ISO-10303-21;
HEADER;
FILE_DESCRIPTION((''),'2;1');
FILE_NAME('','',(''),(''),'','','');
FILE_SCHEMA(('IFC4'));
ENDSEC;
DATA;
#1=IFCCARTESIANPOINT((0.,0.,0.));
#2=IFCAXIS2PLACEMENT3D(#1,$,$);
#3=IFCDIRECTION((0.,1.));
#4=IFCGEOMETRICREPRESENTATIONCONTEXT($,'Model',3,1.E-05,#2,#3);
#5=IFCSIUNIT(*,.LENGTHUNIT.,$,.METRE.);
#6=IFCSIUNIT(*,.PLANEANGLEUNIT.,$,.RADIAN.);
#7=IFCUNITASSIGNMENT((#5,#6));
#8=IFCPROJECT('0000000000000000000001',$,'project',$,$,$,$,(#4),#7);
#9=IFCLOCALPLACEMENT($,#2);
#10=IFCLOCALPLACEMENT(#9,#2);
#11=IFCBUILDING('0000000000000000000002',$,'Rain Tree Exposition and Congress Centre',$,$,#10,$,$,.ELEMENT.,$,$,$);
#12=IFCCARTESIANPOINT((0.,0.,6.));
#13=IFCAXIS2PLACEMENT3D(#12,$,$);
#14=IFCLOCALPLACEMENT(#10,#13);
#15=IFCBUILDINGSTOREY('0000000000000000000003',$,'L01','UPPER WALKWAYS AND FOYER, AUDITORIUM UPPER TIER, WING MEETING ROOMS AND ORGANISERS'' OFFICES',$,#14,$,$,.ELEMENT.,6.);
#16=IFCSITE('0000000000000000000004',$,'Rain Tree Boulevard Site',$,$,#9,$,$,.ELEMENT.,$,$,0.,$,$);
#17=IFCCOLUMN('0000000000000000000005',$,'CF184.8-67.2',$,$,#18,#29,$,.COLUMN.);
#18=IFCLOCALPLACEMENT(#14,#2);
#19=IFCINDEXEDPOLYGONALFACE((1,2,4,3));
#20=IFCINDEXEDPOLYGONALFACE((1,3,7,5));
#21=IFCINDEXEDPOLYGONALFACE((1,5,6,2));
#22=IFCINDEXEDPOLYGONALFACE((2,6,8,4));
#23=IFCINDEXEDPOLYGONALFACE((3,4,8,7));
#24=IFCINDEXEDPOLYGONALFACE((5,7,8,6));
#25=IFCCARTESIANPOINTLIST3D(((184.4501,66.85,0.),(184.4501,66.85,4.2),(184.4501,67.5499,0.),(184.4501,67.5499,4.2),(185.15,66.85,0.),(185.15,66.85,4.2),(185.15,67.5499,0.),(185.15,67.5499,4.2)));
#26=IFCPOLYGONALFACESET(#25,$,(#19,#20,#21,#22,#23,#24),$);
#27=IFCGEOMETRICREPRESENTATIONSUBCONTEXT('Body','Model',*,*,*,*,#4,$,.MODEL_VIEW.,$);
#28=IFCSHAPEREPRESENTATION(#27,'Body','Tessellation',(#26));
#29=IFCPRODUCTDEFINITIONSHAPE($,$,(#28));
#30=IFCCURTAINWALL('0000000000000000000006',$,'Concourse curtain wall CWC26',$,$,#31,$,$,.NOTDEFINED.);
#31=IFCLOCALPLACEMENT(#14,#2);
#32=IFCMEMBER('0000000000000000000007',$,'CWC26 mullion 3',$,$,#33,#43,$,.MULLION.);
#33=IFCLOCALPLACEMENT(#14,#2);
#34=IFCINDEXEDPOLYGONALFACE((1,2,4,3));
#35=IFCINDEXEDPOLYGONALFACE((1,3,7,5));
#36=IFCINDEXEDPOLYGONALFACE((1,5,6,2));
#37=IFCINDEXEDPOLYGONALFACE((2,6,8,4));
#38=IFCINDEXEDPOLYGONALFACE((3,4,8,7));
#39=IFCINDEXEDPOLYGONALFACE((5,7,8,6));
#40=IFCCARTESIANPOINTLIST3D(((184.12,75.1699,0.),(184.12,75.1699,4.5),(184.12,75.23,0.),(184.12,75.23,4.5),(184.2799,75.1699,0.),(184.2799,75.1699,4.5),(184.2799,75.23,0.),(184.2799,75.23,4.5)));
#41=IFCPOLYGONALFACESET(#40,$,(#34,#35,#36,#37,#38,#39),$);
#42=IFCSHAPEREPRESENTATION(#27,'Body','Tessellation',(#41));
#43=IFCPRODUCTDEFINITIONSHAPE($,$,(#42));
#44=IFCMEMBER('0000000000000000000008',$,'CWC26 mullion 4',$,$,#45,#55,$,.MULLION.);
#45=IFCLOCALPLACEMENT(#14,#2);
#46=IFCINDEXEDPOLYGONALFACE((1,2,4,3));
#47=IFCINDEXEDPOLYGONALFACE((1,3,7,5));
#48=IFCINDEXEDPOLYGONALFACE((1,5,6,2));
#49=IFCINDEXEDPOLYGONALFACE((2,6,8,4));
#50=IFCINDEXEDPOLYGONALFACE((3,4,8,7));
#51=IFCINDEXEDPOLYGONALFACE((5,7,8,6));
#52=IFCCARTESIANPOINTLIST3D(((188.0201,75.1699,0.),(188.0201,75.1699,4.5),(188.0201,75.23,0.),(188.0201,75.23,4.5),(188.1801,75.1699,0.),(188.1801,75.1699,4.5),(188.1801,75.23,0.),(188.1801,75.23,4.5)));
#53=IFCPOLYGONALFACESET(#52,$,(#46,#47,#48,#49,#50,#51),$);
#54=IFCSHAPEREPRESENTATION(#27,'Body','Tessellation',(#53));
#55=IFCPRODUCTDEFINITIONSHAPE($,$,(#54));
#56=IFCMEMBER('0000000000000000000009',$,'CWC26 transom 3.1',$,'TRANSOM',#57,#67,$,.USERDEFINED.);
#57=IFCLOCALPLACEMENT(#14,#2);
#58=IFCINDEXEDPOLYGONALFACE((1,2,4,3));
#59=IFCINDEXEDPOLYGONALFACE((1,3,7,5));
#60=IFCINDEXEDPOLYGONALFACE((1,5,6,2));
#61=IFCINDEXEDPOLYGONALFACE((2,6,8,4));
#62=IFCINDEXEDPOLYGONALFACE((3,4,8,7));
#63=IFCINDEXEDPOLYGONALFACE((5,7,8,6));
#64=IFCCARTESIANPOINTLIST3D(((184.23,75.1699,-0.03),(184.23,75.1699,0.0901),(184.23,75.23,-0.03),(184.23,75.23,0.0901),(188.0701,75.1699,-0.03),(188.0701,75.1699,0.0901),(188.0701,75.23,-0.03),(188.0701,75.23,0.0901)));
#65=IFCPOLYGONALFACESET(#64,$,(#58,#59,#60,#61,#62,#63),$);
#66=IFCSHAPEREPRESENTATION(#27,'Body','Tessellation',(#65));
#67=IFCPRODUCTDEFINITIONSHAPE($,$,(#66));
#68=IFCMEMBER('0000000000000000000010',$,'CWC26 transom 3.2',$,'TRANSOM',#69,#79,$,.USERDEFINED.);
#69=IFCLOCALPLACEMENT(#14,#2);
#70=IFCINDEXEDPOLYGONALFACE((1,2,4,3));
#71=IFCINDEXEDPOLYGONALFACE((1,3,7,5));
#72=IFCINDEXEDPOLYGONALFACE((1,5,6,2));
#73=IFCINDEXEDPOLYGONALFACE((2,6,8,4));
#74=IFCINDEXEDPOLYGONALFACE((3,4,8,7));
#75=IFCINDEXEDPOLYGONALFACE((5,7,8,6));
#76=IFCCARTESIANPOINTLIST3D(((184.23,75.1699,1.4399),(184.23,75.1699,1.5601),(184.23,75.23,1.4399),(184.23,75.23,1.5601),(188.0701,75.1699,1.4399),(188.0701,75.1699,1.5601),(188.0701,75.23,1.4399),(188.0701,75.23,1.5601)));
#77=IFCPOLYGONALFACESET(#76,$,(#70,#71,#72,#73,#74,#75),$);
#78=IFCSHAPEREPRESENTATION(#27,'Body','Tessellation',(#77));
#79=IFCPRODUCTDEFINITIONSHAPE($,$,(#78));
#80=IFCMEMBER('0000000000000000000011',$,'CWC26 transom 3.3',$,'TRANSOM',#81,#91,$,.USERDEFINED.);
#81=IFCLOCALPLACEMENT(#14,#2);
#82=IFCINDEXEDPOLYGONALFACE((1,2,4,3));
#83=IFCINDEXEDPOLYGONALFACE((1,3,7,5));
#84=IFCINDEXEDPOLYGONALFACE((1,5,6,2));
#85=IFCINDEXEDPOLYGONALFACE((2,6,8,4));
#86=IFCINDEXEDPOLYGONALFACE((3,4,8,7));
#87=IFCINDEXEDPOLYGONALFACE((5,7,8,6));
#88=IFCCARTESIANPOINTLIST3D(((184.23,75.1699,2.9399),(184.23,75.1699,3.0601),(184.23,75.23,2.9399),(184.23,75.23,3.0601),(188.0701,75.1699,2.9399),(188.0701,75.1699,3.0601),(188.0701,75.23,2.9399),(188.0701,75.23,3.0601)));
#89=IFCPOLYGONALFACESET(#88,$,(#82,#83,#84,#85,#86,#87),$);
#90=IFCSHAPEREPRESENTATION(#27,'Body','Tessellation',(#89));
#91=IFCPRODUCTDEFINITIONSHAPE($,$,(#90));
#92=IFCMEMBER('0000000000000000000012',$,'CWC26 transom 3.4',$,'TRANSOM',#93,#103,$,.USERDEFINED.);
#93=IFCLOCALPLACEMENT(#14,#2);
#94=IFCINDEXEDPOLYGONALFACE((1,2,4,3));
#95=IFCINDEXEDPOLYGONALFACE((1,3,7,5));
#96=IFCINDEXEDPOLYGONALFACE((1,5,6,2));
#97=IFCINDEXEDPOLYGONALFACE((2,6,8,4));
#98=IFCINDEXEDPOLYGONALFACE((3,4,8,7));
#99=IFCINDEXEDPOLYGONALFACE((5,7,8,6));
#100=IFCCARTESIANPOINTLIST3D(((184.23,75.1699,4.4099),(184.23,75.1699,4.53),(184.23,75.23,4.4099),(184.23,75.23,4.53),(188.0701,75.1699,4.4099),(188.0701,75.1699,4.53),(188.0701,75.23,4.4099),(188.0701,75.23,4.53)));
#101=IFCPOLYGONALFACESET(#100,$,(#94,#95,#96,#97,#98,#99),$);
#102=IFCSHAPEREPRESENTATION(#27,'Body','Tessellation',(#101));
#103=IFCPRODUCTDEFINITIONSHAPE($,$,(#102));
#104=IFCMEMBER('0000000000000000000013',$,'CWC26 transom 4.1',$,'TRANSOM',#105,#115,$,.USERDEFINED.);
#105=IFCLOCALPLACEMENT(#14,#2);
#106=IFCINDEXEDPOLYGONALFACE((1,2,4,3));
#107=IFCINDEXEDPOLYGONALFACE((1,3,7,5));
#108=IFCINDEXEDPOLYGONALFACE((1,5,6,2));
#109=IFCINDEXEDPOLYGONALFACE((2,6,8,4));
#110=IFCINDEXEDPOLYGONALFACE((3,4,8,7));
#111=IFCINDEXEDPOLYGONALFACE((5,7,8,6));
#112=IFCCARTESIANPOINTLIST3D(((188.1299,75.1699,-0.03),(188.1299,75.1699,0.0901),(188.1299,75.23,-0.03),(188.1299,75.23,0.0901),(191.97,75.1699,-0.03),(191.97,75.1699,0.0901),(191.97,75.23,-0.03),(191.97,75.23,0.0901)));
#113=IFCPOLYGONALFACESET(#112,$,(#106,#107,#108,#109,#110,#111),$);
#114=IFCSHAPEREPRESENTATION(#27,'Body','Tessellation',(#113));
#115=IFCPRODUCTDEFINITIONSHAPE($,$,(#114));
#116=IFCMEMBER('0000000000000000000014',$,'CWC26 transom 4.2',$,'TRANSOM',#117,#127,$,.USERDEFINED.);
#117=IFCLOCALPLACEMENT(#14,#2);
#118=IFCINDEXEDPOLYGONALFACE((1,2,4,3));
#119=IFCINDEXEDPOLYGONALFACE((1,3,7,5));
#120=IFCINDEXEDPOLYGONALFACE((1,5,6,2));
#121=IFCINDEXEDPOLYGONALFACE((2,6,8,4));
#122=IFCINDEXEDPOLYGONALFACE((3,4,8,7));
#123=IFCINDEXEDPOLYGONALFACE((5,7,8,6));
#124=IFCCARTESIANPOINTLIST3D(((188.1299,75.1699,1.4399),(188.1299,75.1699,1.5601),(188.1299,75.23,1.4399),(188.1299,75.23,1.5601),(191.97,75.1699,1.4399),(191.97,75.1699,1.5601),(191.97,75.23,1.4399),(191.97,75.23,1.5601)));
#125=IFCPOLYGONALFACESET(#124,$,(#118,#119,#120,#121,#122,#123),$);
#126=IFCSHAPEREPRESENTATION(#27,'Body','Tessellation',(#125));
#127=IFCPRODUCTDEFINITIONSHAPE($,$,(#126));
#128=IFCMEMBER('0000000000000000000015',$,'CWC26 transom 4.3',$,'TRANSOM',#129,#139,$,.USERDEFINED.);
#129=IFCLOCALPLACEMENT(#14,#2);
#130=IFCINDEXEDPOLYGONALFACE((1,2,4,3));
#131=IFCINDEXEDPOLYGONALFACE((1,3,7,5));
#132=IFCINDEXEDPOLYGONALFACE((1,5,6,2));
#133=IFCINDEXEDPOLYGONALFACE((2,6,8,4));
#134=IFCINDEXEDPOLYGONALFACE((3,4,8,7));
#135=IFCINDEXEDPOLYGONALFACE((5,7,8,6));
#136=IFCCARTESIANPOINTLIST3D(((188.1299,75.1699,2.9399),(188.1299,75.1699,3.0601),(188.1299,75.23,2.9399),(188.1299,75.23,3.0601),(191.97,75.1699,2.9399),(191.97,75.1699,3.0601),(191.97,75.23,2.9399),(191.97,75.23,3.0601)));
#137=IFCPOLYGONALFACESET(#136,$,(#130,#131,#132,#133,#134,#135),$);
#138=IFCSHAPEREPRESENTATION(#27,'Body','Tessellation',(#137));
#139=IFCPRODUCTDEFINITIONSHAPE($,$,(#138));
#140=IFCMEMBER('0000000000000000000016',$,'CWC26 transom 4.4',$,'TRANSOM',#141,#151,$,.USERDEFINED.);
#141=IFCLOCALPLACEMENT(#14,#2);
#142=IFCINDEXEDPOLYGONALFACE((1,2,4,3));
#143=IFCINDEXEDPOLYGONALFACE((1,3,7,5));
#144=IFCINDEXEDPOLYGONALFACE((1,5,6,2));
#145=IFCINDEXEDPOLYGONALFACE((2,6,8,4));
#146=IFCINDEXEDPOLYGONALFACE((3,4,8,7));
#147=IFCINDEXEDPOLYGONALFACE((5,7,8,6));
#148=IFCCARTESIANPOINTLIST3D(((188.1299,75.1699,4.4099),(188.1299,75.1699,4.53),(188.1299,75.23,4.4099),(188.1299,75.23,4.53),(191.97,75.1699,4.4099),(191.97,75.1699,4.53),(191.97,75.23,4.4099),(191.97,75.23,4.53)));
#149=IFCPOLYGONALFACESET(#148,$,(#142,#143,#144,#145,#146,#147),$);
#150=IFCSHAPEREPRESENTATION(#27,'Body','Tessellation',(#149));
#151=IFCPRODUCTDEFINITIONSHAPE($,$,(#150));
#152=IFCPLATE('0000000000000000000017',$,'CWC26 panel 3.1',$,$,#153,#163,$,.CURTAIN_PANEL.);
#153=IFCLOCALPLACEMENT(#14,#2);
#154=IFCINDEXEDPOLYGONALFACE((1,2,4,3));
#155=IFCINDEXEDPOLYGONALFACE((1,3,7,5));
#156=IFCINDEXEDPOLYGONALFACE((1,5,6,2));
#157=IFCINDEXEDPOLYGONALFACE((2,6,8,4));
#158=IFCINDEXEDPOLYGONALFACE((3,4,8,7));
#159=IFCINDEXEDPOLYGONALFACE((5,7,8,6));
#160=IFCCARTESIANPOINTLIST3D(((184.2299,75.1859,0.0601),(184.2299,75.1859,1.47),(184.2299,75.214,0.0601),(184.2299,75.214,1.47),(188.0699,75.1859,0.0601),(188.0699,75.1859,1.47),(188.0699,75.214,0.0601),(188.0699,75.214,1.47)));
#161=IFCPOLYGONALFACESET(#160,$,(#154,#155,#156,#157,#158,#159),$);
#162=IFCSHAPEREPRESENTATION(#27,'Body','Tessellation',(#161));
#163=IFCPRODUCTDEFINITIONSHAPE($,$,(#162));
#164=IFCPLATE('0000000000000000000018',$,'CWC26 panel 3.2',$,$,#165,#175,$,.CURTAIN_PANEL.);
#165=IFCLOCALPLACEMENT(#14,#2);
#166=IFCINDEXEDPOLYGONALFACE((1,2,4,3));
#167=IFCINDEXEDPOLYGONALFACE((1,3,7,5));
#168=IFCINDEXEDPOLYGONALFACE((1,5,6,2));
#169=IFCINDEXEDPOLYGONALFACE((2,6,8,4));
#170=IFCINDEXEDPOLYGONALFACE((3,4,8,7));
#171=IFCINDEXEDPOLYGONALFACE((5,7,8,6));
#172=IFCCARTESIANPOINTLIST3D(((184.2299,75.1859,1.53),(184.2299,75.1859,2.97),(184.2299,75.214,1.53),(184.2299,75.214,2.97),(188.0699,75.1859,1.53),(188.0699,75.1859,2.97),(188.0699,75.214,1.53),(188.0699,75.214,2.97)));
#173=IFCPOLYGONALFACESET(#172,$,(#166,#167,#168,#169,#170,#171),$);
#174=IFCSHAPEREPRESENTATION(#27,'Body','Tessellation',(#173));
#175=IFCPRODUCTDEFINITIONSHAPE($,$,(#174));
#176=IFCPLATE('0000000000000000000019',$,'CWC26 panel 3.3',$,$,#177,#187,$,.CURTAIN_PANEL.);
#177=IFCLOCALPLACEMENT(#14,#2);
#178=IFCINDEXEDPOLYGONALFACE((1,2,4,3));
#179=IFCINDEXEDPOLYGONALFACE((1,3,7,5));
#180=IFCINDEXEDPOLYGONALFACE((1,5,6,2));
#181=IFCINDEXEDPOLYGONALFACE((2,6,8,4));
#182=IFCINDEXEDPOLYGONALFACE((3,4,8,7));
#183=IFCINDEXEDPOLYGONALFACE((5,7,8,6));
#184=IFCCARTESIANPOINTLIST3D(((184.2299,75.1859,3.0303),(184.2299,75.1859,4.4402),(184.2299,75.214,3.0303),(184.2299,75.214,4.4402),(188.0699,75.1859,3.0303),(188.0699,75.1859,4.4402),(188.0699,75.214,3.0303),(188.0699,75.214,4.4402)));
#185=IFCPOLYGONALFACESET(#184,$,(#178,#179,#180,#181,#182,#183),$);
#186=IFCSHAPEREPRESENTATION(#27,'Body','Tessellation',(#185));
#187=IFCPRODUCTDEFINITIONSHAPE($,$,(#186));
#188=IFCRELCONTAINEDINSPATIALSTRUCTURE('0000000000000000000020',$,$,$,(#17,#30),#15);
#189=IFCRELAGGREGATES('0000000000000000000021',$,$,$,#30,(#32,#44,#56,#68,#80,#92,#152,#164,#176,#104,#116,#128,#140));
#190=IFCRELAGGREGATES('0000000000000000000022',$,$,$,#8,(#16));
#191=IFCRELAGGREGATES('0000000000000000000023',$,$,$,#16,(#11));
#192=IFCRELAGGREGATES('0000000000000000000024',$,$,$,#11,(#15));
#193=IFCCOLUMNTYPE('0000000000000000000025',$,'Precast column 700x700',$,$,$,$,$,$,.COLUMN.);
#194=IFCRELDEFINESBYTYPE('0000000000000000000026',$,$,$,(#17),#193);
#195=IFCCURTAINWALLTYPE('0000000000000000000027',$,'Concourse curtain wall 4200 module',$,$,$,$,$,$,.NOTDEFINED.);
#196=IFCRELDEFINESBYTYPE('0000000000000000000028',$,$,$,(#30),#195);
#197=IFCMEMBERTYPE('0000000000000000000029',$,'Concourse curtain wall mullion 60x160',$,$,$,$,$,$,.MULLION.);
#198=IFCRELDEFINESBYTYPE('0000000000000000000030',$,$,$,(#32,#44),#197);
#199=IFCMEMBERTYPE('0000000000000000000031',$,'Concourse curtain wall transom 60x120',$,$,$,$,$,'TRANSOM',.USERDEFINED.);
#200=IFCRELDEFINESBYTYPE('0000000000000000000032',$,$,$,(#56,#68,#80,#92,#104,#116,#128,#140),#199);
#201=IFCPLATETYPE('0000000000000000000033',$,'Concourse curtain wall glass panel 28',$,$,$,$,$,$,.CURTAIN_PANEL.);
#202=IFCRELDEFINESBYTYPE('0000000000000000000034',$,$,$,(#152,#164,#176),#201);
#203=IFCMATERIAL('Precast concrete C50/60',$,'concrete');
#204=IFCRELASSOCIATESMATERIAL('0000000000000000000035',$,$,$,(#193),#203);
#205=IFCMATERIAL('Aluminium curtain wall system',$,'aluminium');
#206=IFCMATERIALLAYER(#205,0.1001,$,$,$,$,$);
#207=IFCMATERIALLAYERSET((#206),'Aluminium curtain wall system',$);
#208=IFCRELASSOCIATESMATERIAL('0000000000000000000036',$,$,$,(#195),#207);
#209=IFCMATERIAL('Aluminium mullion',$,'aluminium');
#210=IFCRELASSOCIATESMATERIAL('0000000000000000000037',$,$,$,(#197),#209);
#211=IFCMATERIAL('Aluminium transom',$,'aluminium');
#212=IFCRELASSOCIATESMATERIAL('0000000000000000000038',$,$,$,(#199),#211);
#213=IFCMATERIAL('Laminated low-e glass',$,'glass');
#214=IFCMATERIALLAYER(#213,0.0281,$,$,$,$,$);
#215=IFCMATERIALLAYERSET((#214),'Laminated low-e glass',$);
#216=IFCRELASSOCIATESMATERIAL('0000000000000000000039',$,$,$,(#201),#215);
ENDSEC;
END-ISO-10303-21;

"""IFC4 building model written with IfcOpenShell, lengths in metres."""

from ifc_helpers import new_model, si_unit, direction, frame, origin, origin_2d, place, context, subcontext, project, spatial, rectangle, extrude, material, layer, layer_set, material_profile, profile_set, type_object, element, aggregate, save


model = new_model("IFC4")

# Units and contexts
model_context = context("Model", 3, precision=1e-05, world=origin(), true_north=direction((0.0, 1.0)))
body_context = subcontext(model_context, "Body", "Model", "MODEL_VIEW")
ifc_project = project(units=[si_unit("LENGTHUNIT", "METRE"), si_unit("PLANEANGLEUNIT", "RADIAN")], contexts=[model_context])

# Site, building, storey
site_placement = place(None, origin())
site = spatial("IfcSite", under=ifc_project, at=site_placement, Name="Rain Tree Boulevard Site", CompositionType="ELEMENT", RefElevation=0.0)
building_placement = place(site_placement, origin())
building = spatial("IfcBuilding", under=site, at=building_placement, Name="Rain Tree Exposition and Congress Centre", CompositionType="ELEMENT")
storey_placement = place(building_placement, frame((0.0, 0.0, 6.0)))
storey = spatial("IfcBuildingStorey", under=building, at=storey_placement, Name="L01", Description="UPPER WALKWAYS AND FOYER, AUDITORIUM UPPER TIER, WING MEETING ROOMS AND ORGANISERS' OFFICES", CompositionType="ELEMENT", Elevation=6.0)

# Column
ifc_material_1 = material(Name="Precast concrete C50/60", Category="concrete")
ifc_material_profile_1 = material_profile(ifc_material_1, rectangle(XDim=0.7, YDim=0.7, at=origin_2d()), Name="RC 700x700")
ifc_profile_set_1 = profile_set([ifc_material_profile_1], Name="Precast concrete C50/60")
column_type = type_object("IfcColumnType", Name="Precast column 700x700", PredefinedType="COLUMN", material=ifc_profile_set_1)
column_placement = place(storey_placement, frame((184.8, 67.2, 0.0), z_axis=(0.0, 0.0, 1.0), x_axis=(1.0, 0.0, 0.0)))
element("IfcColumn", 1, at=column_placement, inside=storey, type_object=column_type, Name="CF184.8-67.2", PredefinedType="COLUMN", context=body_context, shape_type="SweptSolid", body=[
    extrude(rectangle(XDim=0.7, YDim=0.7, at=origin_2d()), origin(), (0.0, 0.0, 1.0), 4.2),
])

# Curtain wall, members, plates
ifc_material_2 = material(Name="Aluminium curtain wall system", Category="aluminium")
ifc_layer_1 = layer(ifc_material_2, 0.1001)
ifc_layer_set_1 = layer_set([ifc_layer_1], Name="Aluminium curtain wall system")
curtain_wall_type = type_object("IfcCurtainWallType", Name="Concourse curtain wall 4200 module", PredefinedType="NOTDEFINED", material=ifc_layer_set_1)
curtain_wall_placement = place(storey_placement, origin())
curtain_wall = element("IfcCurtainWall", 2, at=curtain_wall_placement, inside=storey, type_object=curtain_wall_type, Name="Concourse curtain wall CWC26", PredefinedType="NOTDEFINED")
ifc_material_3 = material(Name="Aluminium mullion", Category="aluminium")
ifc_material_profile_2 = material_profile(ifc_material_3, rectangle(XDim=0.0601, YDim=0.1599, at=origin_2d()), Name="AL 60x160")
ifc_profile_set_2 = profile_set([ifc_material_profile_2], Name="Aluminium mullion")
member_type_1 = type_object("IfcMemberType", Name="Concourse curtain wall mullion 60x160", PredefinedType="MULLION", material=ifc_profile_set_2)
member_1_placement = place(storey_placement, frame((184.2, 75.2, 0.0), z_axis=(0.0, 0.0, 1.0), x_axis=(0.0, 1.0, 0.0)))
member_1 = element("IfcMember", 3, at=member_1_placement, type_object=member_type_1, Name="CWC26 mullion 3", PredefinedType="MULLION", context=body_context, shape_type="SweptSolid", body=[
    extrude(rectangle(XDim=0.0601, YDim=0.1599, at=origin_2d()), origin(), (0.0, 0.0, 1.0), 4.5),
])
member_2_placement = place(storey_placement, frame((188.1001, 75.2, 0.0), z_axis=(0.0, 0.0, 1.0), x_axis=(0.0, 1.0, 0.0)))
member_2 = element("IfcMember", 4, at=member_2_placement, type_object=member_type_1, Name="CWC26 mullion 4", PredefinedType="MULLION", context=body_context, shape_type="SweptSolid", body=[
    extrude(rectangle(XDim=0.0601, YDim=0.1599, at=origin_2d()), origin(), (0.0, 0.0, 1.0), 4.5),
])
ifc_material_4 = material(Name="Aluminium transom", Category="aluminium")
ifc_material_profile_3 = material_profile(ifc_material_4, rectangle(XDim=0.0601, YDim=0.1201, at=origin_2d()), Name="AL 60x120")
ifc_profile_set_3 = profile_set([ifc_material_profile_3], Name="Aluminium transom")
member_type_2 = type_object("IfcMemberType", Name="Concourse curtain wall transom 60x120", ElementType="TRANSOM", PredefinedType="USERDEFINED", material=ifc_profile_set_3)
member_3_placement = place(storey_placement, frame((184.23, 75.2, 0.03), z_axis=(1.0, 0.0, 0.0), x_axis=(0.0, 1.0, 0.0)))
member_3 = element("IfcMember", 5, at=member_3_placement, type_object=member_type_2, Name="CWC26 transom 3.1", ObjectType="TRANSOM", PredefinedType="USERDEFINED", context=body_context, shape_type="SweptSolid", body=[
    extrude(rectangle(XDim=0.0601, YDim=0.1201, at=origin_2d()), origin(), (0.0, 0.0, 1.0), 3.8401),
])
member_4_placement = place(storey_placement, frame((184.23, 75.2, 1.5), z_axis=(1.0, 0.0, 0.0), x_axis=(0.0, 1.0, 0.0)))
member_4 = element("IfcMember", 6, at=member_4_placement, type_object=member_type_2, Name="CWC26 transom 3.2", ObjectType="TRANSOM", PredefinedType="USERDEFINED", context=body_context, shape_type="SweptSolid", body=[
    extrude(rectangle(XDim=0.0601, YDim=0.1201, at=origin_2d()), origin(), (0.0, 0.0, 1.0), 3.8401),
])
member_5_placement = place(storey_placement, frame((184.23, 75.2, 3.0), z_axis=(1.0, 0.0, 0.0), x_axis=(0.0, 1.0, 0.0)))
member_5 = element("IfcMember", 7, at=member_5_placement, type_object=member_type_2, Name="CWC26 transom 3.3", ObjectType="TRANSOM", PredefinedType="USERDEFINED", context=body_context, shape_type="SweptSolid", body=[
    extrude(rectangle(XDim=0.0601, YDim=0.1201, at=origin_2d()), origin(), (0.0, 0.0, 1.0), 3.8401),
])
member_6_placement = place(storey_placement, frame((184.23, 75.2, 4.47), z_axis=(1.0, 0.0, 0.0), x_axis=(0.0, 1.0, 0.0)))
member_6 = element("IfcMember", 8, at=member_6_placement, type_object=member_type_2, Name="CWC26 transom 3.4", ObjectType="TRANSOM", PredefinedType="USERDEFINED", context=body_context, shape_type="SweptSolid", body=[
    extrude(rectangle(XDim=0.0601, YDim=0.1201, at=origin_2d()), origin(), (0.0, 0.0, 1.0), 3.8401),
])
member_7_placement = place(storey_placement, frame((188.1299, 75.2, 0.03), z_axis=(1.0, 0.0, 0.0), x_axis=(0.0, 1.0, 0.0)))
member_7 = element("IfcMember", 9, at=member_7_placement, type_object=member_type_2, Name="CWC26 transom 4.1", ObjectType="TRANSOM", PredefinedType="USERDEFINED", context=body_context, shape_type="SweptSolid", body=[
    extrude(rectangle(XDim=0.0601, YDim=0.1201, at=origin_2d()), origin(), (0.0, 0.0, 1.0), 3.8401),
])
member_8_placement = place(storey_placement, frame((188.1299, 75.2, 1.5), z_axis=(1.0, 0.0, 0.0), x_axis=(0.0, 1.0, 0.0)))
member_8 = element("IfcMember", 10, at=member_8_placement, type_object=member_type_2, Name="CWC26 transom 4.2", ObjectType="TRANSOM", PredefinedType="USERDEFINED", context=body_context, shape_type="SweptSolid", body=[
    extrude(rectangle(XDim=0.0601, YDim=0.1201, at=origin_2d()), origin(), (0.0, 0.0, 1.0), 3.8401),
])
member_9_placement = place(storey_placement, frame((188.1299, 75.2, 3.0), z_axis=(1.0, 0.0, 0.0), x_axis=(0.0, 1.0, 0.0)))
member_9 = element("IfcMember", 11, at=member_9_placement, type_object=member_type_2, Name="CWC26 transom 4.3", ObjectType="TRANSOM", PredefinedType="USERDEFINED", context=body_context, shape_type="SweptSolid", body=[
    extrude(rectangle(XDim=0.0601, YDim=0.1201, at=origin_2d()), origin(), (0.0, 0.0, 1.0), 3.8401),
])
member_10_placement = place(storey_placement, frame((188.1299, 75.2, 4.47), z_axis=(1.0, 0.0, 0.0), x_axis=(0.0, 1.0, 0.0)))
member_10 = element("IfcMember", 12, at=member_10_placement, type_object=member_type_2, Name="CWC26 transom 4.4", ObjectType="TRANSOM", PredefinedType="USERDEFINED", context=body_context, shape_type="SweptSolid", body=[
    extrude(rectangle(XDim=0.0601, YDim=0.1201, at=origin_2d()), origin(), (0.0, 0.0, 1.0), 3.8401),
])
ifc_material_5 = material(Name="Laminated low-e glass", Category="glass")
ifc_layer_2 = layer(ifc_material_5, 0.0281)
ifc_layer_set_2 = layer_set([ifc_layer_2], Name="Laminated low-e glass")
plate_type = type_object("IfcPlateType", Name="Concourse curtain wall glass panel 28", PredefinedType="CURTAIN_PANEL", material=ifc_layer_set_2)
plate_1_placement = place(storey_placement, frame((186.1499, 75.2, 0.0601), z_axis=(0.0, 0.0, 1.0), x_axis=(1.0, 0.0, 0.0)))
plate_1 = element("IfcPlate", 13, at=plate_1_placement, type_object=plate_type, Name="CWC26 panel 3.1", PredefinedType="CURTAIN_PANEL", context=body_context, shape_type="SweptSolid", body=[
    extrude(rectangle(XDim=3.8401, YDim=0.0281, at=origin_2d()), origin(), (0.0, 0.0, 1.0), 1.4099),
])
plate_2_placement = place(storey_placement, frame((186.1499, 75.2, 1.53), z_axis=(0.0, 0.0, 1.0), x_axis=(1.0, 0.0, 0.0)))
plate_2 = element("IfcPlate", 14, at=plate_2_placement, type_object=plate_type, Name="CWC26 panel 3.2", PredefinedType="CURTAIN_PANEL", context=body_context, shape_type="SweptSolid", body=[
    extrude(rectangle(XDim=3.8401, YDim=0.0281, at=origin_2d()), origin(), (0.0, 0.0, 1.0), 1.4399),
])
plate_3_placement = place(storey_placement, frame((186.1499, 75.2, 3.0303), z_axis=(0.0, 0.0, 1.0), x_axis=(1.0, 0.0, 0.0)))
plate_3 = element("IfcPlate", 15, at=plate_3_placement, type_object=plate_type, Name="CWC26 panel 3.3", PredefinedType="CURTAIN_PANEL", context=body_context, shape_type="SweptSolid", body=[
    extrude(rectangle(XDim=3.8401, YDim=0.0281, at=origin_2d()), origin(), (0.0, 0.0, 1.0), 1.4099),
])
aggregate(curtain_wall, [member_1, member_2, member_3, member_4, member_5, member_6, plate_1, plate_2, plate_3, member_7, member_8, member_9, member_10])

save(model, "model.ifc")
